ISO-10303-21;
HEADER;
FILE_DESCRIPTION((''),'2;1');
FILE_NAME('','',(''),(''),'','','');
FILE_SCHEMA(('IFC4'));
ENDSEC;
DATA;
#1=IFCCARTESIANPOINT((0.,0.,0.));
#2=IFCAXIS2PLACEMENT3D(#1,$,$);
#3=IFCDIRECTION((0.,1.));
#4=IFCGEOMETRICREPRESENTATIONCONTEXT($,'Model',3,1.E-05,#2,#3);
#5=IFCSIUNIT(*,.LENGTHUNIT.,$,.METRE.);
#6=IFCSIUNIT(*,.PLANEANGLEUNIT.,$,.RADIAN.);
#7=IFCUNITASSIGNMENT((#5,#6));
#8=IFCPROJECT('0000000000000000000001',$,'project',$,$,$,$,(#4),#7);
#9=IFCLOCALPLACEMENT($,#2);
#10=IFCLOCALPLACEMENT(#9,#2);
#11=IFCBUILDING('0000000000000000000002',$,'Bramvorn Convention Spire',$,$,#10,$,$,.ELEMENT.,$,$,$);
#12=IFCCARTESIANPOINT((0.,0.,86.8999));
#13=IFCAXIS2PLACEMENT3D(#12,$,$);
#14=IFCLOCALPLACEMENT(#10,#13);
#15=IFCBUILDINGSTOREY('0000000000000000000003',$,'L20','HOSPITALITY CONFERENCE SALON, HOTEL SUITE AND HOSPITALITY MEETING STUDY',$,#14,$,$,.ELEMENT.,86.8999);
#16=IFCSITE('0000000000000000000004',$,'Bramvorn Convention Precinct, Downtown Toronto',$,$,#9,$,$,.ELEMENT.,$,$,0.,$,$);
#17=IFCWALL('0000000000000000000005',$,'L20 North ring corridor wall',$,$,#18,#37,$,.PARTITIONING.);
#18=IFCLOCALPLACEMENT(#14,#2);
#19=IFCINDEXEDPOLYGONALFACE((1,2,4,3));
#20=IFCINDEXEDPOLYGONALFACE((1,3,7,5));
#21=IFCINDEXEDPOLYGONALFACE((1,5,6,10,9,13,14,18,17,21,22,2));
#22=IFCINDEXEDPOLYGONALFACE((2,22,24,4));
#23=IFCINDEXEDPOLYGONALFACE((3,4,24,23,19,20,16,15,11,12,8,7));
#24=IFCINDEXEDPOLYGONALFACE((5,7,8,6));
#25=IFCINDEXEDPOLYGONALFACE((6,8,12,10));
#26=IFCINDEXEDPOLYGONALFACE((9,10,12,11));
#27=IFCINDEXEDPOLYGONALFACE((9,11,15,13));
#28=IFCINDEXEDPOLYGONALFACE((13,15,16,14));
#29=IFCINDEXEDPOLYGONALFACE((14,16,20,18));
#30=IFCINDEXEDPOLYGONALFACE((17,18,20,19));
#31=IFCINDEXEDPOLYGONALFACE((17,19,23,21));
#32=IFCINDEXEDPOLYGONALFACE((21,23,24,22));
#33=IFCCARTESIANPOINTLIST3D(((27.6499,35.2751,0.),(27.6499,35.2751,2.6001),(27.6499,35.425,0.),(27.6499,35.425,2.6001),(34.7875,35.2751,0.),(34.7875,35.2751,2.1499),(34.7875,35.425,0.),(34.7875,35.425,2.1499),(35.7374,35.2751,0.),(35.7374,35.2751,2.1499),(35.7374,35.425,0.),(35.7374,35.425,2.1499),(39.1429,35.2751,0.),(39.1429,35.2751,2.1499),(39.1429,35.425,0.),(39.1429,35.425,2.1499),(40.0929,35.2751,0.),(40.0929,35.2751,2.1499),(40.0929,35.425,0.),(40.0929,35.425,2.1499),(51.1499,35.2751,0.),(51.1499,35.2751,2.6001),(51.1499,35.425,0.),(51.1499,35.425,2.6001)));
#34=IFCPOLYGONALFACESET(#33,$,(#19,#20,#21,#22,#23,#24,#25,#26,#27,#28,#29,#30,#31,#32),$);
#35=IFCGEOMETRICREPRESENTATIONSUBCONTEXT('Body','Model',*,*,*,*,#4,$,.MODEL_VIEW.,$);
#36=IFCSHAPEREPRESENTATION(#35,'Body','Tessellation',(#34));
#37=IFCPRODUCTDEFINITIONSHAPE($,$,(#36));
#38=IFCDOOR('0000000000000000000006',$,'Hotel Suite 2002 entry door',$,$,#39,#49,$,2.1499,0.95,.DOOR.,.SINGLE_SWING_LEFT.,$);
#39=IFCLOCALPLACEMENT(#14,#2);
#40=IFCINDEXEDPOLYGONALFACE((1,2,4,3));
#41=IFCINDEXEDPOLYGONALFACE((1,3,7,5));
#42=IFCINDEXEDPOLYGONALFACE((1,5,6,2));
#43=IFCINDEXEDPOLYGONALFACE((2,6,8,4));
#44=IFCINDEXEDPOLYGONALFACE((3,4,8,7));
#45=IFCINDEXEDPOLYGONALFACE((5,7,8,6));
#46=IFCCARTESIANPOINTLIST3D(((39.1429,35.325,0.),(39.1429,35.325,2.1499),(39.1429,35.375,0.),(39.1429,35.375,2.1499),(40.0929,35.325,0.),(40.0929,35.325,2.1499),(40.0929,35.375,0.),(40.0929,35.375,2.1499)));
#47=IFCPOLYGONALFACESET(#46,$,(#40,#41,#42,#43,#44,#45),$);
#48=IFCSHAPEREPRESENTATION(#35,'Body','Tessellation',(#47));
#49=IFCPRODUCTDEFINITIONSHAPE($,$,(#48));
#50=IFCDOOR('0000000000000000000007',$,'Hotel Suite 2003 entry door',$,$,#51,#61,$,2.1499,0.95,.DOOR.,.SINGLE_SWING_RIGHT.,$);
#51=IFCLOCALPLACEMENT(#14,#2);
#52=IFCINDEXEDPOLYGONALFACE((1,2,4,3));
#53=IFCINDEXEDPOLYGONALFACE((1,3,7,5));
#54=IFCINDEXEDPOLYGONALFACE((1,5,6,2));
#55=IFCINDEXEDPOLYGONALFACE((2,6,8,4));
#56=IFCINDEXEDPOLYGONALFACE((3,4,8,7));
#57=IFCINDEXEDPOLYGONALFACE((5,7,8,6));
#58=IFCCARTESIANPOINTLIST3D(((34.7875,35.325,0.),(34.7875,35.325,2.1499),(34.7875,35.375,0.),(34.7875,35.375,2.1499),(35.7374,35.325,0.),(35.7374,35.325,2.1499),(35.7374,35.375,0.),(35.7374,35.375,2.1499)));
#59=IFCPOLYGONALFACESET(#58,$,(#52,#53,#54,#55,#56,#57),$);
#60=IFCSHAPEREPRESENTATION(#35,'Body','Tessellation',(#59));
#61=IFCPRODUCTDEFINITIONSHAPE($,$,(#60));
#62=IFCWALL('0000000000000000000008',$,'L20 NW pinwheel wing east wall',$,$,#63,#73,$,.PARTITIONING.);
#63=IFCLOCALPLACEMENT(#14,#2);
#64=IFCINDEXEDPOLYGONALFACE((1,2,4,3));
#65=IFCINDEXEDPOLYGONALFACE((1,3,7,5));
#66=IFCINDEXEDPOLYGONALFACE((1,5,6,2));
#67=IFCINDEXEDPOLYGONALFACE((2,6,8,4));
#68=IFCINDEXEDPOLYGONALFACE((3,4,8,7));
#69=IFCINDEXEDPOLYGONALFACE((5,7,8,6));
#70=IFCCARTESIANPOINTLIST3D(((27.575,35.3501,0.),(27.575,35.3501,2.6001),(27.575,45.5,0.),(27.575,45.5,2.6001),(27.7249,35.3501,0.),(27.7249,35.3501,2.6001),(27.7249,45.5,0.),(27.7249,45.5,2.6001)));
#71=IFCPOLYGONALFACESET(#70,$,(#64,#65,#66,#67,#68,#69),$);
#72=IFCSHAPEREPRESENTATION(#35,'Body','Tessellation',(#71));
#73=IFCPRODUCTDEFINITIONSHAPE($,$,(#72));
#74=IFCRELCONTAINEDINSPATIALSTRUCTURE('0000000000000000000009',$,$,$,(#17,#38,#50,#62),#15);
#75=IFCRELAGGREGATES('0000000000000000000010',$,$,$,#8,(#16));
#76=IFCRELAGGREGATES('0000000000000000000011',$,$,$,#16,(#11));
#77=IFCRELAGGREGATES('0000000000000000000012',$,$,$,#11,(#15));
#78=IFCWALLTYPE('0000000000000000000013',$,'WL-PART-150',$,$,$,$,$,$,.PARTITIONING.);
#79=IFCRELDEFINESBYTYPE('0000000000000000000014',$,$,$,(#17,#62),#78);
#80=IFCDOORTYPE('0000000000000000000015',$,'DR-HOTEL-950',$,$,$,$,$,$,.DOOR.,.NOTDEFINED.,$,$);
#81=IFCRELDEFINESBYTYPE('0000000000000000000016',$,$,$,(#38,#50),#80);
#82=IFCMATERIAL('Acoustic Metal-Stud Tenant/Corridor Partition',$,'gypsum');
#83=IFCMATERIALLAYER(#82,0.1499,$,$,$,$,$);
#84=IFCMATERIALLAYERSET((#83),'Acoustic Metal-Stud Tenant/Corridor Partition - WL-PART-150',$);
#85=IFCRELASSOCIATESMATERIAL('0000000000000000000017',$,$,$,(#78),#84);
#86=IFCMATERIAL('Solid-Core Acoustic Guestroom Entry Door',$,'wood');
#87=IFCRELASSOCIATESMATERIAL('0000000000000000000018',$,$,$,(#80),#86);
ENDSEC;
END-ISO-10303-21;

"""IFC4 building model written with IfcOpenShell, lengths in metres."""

from ifc_helpers import new_model, si_unit, direction, frame, frame_2d, origin, place, context, subcontext, project, spatial, rectangle, extrude, material, layer, layer_set, type_object, element, fill, save


model = new_model("IFC4")

# Units and contexts
model_context = context("Model", 3, precision=1e-05, world=origin(), true_north=direction((0.0, 1.0)))
body_context = subcontext(model_context, "Body", "Model", "MODEL_VIEW")
ifc_project = project(units=[si_unit("LENGTHUNIT", "METRE"), si_unit("PLANEANGLEUNIT", "RADIAN")], contexts=[model_context])

# Site, building, storey
site_placement = place(None, origin())
site = spatial("IfcSite", under=ifc_project, at=site_placement, Name="Bramvorn Convention Precinct, Downtown Toronto", CompositionType="ELEMENT", RefElevation=0.0)
building_placement = place(site_placement, origin())
building = spatial("IfcBuilding", under=site, at=building_placement, Name="Bramvorn Convention Spire", CompositionType="ELEMENT")
storey_placement = place(building_placement, frame((0.0, 0.0, 86.8999)))
storey = spatial("IfcBuildingStorey", under=building, at=storey_placement, Name="L20", Description="HOSPITALITY CONFERENCE SALON, HOTEL SUITE AND HOSPITALITY MEETING STUDY", CompositionType="ELEMENT", Elevation=86.8999)

# Wall, openings, doors
ifc_material_1 = material(Name="Acoustic Metal-Stud Tenant/Corridor Partition", Category="gypsum")
ifc_layer_1 = layer(ifc_material_1, 0.1499)
ifc_layer_set_1 = layer_set([ifc_layer_1], Name="Acoustic Metal-Stud Tenant/Corridor Partition - WL-PART-150")
wall_type_1 = type_object("IfcWallType", Name="WL-PART-150", PredefinedType="PARTITIONING", material=ifc_layer_set_1)
wall_1_placement = place(storey_placement, frame((27.6499, 35.3501, 0.0), z_axis=(0.0, 0.0, 1.0), x_axis=(1.0, 0.0, 0.0)))
wall_1 = element("IfcWall", 1, at=wall_1_placement, inside=storey, type_object=wall_type_1, Name="L20 North ring corridor wall", PredefinedType="PARTITIONING", context=body_context, shape_type="SweptSolid", body=[
    extrude(rectangle(XDim=23.5, YDim=0.1499, at=frame_2d((11.75, 0.0))), origin(), (0.0, 0.0, 1.0), 2.6001),
])
opening_1_placement = place(wall_1_placement, frame((11.4929, 0.0, 0.0)))
opening_1 = element("IfcOpeningElement", 2, at=opening_1_placement, cuts=wall_1, PredefinedType="OPENING", context=body_context, shape_type="SweptSolid", body=[
    extrude(rectangle(XDim=0.95, YDim=2.1499, at=frame_2d((0.4751, 1.075))), frame((0.0, 0.085, 0.0), z_axis=(0.0, -1.0, 0.0), x_axis=(1.0, 0.0, 0.0)), (0.0, 0.0, 1.0), 0.1699),
])
opening_2_placement = place(wall_1_placement, frame((7.1375, 0.0, 0.0)))
opening_2 = element("IfcOpeningElement", 3, at=opening_2_placement, cuts=wall_1, PredefinedType="OPENING", context=body_context, shape_type="SweptSolid", body=[
    extrude(rectangle(XDim=0.95, YDim=2.1499, at=frame_2d((0.4751, 1.075))), frame((0.0, 0.085, 0.0), z_axis=(0.0, -1.0, 0.0), x_axis=(1.0, 0.0, 0.0)), (0.0, 0.0, 1.0), 0.1699),
])
ifc_material_2 = material(Name="Solid-Core Acoustic Guestroom Entry Door", Category="wood")
door_type_1 = type_object("IfcDoorType", Name="DR-HOTEL-950", OperationType="NOTDEFINED", PredefinedType="DOOR", material=ifc_material_2)
door_1_placement = place(opening_1_placement, origin())
door_1 = element("IfcDoor", 4, at=door_1_placement, inside=storey, type_object=door_type_1, Name="Hotel Suite 2002 entry door", OperationType="SINGLE_SWING_LEFT", OverallHeight=2.1499, OverallWidth=0.95, PredefinedType="DOOR", context=body_context, shape_type="SweptSolid", body=[
    extrude(rectangle(XDim=0.95, YDim=2.1499, at=frame_2d((0.4751, 1.075))), frame((0.0, 0.0249, 0.0), z_axis=(0.0, -1.0, 0.0), x_axis=(1.0, 0.0, 0.0)), (0.0, 0.0, 1.0), 0.05),
])
fill(opening_1, door_1)
door_2_placement = place(opening_2_placement, origin())
door_2 = element("IfcDoor", 5, at=door_2_placement, inside=storey, type_object=door_type_1, Name="Hotel Suite 2003 entry door", OperationType="SINGLE_SWING_RIGHT", OverallHeight=2.1499, OverallWidth=0.95, PredefinedType="DOOR", context=body_context, shape_type="SweptSolid", body=[
    extrude(rectangle(XDim=0.95, YDim=2.1499, at=frame_2d((0.4751, 1.075))), frame((0.0, 0.0249, 0.0), z_axis=(0.0, -1.0, 0.0), x_axis=(1.0, 0.0, 0.0)), (0.0, 0.0, 1.0), 0.05),
])
fill(opening_2, door_2)

# Wall
wall_2_placement = place(storey_placement, frame((27.6499, 35.3501, 0.0), z_axis=(0.0, 0.0, 1.0), x_axis=(0.0, 1.0, 0.0)))
element("IfcWall", 6, at=wall_2_placement, inside=storey, type_object=wall_type_1, Name="L20 NW pinwheel wing east wall", PredefinedType="PARTITIONING", context=body_context, shape_type="SweptSolid", body=[
    extrude(rectangle(XDim=10.1499, YDim=0.1499, at=frame_2d((5.075, 0.0))), origin(), (0.0, 0.0, 1.0), 2.6001),
])

save(model, "model.ifc")
